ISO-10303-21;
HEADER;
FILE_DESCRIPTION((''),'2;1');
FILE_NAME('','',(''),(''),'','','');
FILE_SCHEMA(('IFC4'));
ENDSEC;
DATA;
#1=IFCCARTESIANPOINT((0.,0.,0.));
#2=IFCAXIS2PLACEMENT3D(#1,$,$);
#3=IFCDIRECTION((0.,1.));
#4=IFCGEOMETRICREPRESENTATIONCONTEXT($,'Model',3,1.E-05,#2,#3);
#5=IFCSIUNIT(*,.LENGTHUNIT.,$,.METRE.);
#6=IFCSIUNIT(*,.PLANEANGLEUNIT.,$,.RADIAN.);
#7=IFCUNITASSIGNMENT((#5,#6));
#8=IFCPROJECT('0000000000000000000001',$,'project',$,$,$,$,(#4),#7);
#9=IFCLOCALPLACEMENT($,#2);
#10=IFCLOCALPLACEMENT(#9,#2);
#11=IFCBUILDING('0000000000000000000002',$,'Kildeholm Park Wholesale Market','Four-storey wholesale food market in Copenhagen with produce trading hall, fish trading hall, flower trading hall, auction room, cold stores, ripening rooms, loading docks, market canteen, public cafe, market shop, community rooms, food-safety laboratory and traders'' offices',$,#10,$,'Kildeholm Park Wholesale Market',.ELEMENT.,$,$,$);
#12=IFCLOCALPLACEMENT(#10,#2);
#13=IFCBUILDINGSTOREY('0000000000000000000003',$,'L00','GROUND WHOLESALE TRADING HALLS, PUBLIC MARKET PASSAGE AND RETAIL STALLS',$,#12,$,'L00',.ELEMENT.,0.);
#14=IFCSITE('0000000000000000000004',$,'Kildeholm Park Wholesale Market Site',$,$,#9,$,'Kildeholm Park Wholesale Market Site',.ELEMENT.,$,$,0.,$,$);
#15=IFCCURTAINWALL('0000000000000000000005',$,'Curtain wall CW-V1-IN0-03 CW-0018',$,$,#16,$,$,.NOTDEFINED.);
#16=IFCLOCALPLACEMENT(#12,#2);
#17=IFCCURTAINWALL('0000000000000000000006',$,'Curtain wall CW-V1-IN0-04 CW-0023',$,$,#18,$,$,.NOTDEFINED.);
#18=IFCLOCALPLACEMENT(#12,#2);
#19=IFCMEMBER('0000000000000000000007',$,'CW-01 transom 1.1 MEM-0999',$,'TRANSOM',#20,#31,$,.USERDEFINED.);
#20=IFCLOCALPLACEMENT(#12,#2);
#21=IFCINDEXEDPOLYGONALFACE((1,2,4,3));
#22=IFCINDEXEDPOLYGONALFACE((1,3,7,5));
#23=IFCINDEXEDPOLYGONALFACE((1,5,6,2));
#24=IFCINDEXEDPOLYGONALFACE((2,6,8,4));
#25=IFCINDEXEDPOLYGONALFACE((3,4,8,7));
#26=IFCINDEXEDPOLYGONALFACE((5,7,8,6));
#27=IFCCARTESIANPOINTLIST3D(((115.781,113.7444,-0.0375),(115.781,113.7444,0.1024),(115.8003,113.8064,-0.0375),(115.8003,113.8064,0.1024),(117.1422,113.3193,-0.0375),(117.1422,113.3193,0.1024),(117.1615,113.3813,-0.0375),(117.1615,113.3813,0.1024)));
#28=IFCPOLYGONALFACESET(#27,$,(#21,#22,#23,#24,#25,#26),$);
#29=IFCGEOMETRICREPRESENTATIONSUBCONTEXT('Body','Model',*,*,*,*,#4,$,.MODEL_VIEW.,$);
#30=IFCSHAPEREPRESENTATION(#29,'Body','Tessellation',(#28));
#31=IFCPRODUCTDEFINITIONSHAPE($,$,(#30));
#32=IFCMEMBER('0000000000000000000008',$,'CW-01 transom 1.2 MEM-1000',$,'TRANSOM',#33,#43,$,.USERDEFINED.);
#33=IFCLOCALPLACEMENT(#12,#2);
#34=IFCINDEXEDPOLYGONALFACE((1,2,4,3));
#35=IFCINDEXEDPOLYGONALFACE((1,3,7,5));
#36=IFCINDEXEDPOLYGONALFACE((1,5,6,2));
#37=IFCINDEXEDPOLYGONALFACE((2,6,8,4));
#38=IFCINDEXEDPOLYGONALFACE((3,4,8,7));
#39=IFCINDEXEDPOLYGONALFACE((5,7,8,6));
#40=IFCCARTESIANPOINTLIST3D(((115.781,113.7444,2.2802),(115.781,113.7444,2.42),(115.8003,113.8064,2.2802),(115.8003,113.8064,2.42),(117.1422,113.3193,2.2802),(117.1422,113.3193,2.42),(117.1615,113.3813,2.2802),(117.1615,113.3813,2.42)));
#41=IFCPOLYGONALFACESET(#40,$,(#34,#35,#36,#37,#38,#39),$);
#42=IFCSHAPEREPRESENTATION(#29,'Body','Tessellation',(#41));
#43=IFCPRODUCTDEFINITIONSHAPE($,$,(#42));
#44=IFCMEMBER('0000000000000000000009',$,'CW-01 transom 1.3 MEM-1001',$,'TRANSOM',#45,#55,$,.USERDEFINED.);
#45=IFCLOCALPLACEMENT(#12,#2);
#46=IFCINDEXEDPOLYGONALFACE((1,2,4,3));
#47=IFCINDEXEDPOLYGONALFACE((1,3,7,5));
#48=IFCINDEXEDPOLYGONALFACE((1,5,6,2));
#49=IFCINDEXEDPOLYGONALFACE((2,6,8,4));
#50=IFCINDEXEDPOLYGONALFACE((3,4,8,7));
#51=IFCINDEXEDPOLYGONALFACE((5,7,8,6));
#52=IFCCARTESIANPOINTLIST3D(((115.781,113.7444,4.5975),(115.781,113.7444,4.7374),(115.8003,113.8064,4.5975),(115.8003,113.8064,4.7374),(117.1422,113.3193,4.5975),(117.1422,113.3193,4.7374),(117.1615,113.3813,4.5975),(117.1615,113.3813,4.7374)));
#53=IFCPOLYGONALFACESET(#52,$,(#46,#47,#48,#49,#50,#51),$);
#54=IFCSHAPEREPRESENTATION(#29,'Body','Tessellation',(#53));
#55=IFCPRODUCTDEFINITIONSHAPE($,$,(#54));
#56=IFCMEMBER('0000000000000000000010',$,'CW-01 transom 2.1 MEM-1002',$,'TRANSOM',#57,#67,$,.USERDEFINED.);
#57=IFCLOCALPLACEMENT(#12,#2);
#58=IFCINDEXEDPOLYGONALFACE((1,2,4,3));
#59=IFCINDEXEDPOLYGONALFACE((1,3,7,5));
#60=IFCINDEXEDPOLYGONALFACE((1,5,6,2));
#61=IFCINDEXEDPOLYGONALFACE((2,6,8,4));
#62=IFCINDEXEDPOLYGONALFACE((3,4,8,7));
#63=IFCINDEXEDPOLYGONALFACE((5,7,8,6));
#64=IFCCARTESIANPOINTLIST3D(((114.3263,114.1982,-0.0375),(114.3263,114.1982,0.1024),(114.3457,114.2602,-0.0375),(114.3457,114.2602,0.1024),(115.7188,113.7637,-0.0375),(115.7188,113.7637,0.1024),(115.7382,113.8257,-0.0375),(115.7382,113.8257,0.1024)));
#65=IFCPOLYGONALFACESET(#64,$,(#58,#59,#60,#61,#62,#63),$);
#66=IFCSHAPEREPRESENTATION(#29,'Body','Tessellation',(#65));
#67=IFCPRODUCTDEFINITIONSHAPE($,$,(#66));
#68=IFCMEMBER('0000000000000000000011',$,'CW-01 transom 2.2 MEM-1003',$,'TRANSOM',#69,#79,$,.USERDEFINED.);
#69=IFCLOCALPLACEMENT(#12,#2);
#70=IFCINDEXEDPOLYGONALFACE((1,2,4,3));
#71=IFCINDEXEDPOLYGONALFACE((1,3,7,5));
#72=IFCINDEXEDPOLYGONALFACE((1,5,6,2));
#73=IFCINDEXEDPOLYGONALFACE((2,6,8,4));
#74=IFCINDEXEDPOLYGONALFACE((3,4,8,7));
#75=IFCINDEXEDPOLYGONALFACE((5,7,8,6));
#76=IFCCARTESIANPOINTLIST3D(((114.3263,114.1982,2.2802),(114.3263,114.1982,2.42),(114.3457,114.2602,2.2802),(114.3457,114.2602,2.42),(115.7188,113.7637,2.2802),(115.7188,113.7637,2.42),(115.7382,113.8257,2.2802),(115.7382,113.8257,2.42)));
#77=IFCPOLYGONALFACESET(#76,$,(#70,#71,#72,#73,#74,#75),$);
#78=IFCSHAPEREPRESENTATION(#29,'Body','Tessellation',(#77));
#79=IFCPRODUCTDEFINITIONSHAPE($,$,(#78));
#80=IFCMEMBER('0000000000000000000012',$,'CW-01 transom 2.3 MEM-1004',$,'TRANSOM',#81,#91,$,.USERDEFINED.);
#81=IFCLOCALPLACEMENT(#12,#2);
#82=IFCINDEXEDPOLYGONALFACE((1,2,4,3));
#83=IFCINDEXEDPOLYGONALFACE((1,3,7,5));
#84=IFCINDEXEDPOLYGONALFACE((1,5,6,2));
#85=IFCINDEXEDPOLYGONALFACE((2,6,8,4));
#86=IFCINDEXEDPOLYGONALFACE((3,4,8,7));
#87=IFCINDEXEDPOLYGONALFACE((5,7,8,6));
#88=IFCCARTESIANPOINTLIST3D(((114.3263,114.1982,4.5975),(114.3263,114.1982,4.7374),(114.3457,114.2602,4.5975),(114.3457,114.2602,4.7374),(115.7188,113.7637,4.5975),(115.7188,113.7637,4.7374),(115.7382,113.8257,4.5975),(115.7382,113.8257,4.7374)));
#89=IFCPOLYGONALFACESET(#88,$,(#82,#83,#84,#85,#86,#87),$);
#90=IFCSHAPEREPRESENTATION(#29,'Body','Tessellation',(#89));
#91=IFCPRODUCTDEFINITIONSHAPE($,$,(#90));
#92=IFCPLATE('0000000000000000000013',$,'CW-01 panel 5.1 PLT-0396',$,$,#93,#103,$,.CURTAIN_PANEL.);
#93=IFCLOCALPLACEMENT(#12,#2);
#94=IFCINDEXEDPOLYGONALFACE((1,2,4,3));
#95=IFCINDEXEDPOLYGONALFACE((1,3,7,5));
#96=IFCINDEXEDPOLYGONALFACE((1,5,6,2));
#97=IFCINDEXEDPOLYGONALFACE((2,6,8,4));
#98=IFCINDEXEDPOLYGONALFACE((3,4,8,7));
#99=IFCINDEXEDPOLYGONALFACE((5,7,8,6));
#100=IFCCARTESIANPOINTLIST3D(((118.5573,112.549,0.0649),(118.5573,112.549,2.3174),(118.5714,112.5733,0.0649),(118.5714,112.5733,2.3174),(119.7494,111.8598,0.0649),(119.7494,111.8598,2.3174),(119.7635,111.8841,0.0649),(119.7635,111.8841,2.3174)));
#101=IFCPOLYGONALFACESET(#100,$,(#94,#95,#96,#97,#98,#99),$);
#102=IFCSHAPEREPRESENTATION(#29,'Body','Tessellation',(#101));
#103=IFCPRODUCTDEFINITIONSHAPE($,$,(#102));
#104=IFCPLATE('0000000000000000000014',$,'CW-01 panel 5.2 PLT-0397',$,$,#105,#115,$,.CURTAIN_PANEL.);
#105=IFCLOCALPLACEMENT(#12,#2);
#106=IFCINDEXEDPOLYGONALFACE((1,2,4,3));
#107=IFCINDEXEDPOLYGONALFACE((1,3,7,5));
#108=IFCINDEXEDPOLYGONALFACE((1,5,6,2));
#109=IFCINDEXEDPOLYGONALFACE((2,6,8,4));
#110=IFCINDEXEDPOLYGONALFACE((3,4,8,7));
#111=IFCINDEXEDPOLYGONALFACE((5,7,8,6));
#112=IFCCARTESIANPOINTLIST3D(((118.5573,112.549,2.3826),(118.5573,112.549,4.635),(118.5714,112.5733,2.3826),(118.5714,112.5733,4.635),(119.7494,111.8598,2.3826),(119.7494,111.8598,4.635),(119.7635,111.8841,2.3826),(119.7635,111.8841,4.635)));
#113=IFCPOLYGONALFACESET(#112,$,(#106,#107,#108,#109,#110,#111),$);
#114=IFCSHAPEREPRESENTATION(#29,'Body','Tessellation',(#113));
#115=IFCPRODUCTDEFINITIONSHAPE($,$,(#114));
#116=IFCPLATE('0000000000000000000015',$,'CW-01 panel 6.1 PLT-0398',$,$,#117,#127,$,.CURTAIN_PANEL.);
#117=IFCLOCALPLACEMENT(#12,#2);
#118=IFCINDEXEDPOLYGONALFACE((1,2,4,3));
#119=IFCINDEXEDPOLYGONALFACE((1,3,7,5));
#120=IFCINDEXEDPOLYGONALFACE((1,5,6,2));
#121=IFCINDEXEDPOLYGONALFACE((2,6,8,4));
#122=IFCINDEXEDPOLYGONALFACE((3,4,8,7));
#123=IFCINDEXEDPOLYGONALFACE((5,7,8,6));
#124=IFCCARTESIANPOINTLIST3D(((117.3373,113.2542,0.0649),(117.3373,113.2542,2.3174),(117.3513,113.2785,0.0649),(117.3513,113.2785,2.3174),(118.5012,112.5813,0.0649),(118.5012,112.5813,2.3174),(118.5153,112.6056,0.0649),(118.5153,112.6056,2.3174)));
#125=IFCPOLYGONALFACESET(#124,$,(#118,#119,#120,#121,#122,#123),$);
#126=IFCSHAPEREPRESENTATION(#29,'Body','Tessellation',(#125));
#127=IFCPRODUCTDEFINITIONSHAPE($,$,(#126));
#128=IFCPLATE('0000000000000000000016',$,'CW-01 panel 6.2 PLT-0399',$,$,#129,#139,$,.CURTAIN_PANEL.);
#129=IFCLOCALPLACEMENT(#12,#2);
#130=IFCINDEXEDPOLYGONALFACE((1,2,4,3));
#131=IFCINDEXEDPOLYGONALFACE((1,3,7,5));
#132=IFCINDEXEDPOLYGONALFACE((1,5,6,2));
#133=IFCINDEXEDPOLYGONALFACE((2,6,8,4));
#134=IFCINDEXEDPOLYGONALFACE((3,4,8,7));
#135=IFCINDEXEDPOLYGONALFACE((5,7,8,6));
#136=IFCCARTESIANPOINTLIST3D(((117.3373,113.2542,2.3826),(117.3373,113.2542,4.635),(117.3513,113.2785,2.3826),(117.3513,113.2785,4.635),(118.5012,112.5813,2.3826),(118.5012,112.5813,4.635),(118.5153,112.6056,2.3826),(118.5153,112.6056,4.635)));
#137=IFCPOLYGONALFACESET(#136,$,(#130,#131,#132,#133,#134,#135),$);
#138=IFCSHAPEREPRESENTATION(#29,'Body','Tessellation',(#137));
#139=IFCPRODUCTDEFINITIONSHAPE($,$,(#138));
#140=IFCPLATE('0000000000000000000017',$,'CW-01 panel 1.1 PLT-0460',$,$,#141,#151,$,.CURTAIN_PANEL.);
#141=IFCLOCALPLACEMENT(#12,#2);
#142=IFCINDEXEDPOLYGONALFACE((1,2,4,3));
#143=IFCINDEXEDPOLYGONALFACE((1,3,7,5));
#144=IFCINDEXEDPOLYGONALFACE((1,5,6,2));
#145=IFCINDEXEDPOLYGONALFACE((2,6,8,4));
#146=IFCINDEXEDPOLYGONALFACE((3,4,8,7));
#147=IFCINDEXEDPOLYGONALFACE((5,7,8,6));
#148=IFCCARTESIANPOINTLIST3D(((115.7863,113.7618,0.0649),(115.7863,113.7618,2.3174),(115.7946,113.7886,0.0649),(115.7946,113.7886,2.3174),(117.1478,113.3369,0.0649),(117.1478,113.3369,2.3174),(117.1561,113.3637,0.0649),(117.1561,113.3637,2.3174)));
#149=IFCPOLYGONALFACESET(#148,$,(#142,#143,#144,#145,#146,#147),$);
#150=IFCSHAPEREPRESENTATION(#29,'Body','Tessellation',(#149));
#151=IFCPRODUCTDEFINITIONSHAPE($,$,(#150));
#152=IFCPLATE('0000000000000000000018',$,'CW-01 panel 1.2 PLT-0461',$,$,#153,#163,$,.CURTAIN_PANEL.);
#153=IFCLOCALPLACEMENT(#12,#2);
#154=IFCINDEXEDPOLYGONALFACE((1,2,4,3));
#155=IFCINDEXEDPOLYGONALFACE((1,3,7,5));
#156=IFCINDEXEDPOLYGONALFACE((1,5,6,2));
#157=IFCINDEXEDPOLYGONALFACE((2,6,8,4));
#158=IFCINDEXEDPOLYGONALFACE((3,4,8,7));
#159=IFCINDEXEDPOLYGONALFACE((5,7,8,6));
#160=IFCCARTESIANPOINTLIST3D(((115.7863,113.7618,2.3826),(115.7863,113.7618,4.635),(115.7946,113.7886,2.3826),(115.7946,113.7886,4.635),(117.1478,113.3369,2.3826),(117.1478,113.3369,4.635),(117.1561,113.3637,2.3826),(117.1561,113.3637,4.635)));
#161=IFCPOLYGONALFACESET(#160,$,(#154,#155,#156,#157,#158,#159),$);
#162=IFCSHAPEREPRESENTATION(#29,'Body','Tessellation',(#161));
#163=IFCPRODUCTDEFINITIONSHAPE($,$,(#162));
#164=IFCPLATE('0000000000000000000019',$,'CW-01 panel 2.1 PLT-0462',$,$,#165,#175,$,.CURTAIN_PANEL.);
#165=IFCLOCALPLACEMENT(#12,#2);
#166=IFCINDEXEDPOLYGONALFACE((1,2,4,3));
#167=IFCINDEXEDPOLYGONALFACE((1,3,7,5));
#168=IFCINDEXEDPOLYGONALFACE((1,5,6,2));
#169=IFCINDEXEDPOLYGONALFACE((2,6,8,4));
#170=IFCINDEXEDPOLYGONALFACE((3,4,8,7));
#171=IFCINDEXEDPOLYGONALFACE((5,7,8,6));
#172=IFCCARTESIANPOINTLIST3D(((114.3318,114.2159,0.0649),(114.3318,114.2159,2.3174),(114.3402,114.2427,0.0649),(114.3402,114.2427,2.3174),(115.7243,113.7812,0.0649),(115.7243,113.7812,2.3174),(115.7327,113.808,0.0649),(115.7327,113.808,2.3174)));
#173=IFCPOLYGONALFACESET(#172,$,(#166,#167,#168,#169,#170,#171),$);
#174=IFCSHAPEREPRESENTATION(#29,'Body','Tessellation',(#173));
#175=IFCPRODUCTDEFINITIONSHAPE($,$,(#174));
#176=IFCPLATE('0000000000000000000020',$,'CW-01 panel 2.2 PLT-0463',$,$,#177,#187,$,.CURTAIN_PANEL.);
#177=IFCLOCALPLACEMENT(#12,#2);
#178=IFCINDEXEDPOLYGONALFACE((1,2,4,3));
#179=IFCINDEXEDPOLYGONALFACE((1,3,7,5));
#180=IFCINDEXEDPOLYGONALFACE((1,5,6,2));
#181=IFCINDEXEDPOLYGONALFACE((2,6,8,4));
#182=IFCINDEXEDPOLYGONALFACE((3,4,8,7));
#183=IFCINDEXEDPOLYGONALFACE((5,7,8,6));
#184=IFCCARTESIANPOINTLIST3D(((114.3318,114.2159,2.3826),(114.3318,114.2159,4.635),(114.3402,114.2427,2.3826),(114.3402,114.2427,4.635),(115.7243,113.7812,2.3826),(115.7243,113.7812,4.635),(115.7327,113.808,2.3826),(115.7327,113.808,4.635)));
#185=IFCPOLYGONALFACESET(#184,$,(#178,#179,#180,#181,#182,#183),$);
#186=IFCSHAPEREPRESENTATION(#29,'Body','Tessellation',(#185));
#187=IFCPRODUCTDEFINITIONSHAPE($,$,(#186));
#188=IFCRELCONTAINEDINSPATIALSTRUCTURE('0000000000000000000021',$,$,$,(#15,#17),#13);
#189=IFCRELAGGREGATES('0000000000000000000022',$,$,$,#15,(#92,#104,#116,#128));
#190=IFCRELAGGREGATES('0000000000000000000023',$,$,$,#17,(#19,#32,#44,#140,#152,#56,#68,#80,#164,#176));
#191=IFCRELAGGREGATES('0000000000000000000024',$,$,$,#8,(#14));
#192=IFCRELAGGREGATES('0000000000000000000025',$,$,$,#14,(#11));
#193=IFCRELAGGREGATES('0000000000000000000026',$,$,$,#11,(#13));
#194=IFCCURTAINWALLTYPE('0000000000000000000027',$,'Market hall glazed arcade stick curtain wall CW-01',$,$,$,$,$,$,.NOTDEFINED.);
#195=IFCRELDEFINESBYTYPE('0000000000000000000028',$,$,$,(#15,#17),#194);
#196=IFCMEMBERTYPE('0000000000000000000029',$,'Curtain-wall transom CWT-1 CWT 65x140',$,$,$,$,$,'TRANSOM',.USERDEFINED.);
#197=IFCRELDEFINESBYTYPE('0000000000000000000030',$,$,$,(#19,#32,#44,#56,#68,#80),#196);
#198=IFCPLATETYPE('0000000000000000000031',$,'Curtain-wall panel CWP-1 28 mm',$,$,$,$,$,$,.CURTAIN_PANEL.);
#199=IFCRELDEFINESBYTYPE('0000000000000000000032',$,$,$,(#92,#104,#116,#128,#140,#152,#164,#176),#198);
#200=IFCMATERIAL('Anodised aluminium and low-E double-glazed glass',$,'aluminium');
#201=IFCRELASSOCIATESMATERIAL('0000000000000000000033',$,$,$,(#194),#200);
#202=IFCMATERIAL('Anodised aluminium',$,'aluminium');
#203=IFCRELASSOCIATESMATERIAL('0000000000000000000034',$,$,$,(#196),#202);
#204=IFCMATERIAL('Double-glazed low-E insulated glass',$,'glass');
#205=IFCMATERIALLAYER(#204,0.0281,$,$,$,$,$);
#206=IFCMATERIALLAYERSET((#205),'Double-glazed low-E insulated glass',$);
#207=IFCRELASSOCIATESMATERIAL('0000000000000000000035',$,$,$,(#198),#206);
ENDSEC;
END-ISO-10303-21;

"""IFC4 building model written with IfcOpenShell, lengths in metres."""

from ifc_helpers import new_model, si_unit, direction, frame, origin, origin_2d, place, context, subcontext, project, spatial, rectangle, extrude, material, layer, layer_set, material_profile, profile_set, type_object, element, aggregate, save


model = new_model("IFC4")

# Units and contexts
model_context = context("Model", 3, precision=1e-05, world=origin(), true_north=direction((0.0, 1.0)))
body_context = subcontext(model_context, "Body", "Model", "MODEL_VIEW")
ifc_project = project(units=[si_unit("LENGTHUNIT", "METRE"), si_unit("PLANEANGLEUNIT", "RADIAN")], contexts=[model_context])

# Site, building, storey
site_placement = place(None, origin())
site = spatial("IfcSite", under=ifc_project, at=site_placement, Name="Kildeholm Park Wholesale Market Site", LongName="Kildeholm Park Wholesale Market Site", CompositionType="ELEMENT", RefElevation=0.0)
building_placement = place(site_placement, origin())
building = spatial("IfcBuilding", under=site, at=building_placement, Name="Kildeholm Park Wholesale Market", Description="Four-storey wholesale food market in Copenhagen with produce trading hall, fish trading hall, flower trading hall, auction room, cold stores, ripening rooms, loading docks, market canteen, public cafe, market shop, community rooms, food-safety laboratory and traders' offices", LongName="Kildeholm Park Wholesale Market", CompositionType="ELEMENT")
storey_placement = place(building_placement, origin())
storey = spatial("IfcBuildingStorey", under=building, at=storey_placement, Name="L00", Description="GROUND WHOLESALE TRADING HALLS, PUBLIC MARKET PASSAGE AND RETAIL STALLS", LongName="L00", CompositionType="ELEMENT", Elevation=0.0)

# Curtain walls
ifc_material_1 = material(Name="Anodised aluminium and low-E double-glazed glass", Category="aluminium")
curtain_wall_type = type_object("IfcCurtainWallType", Name="Market hall glazed arcade stick curtain wall CW-01", PredefinedType="NOTDEFINED", material=ifc_material_1)
curtain_wall_1_placement = place(storey_placement, origin())
curtain_wall_1 = element("IfcCurtainWall", 1, at=curtain_wall_1_placement, inside=storey, type_object=curtain_wall_type, Name="Curtain wall CW-V1-IN0-03 CW-0018", PredefinedType="NOTDEFINED")
ifc_material_2 = material(Name="Anodised aluminium", Category="aluminium")
curtain_wall_2_placement = place(storey_placement, origin())
curtain_wall_2 = element("IfcCurtainWall", 2, at=curtain_wall_2_placement, inside=storey, type_object=curtain_wall_type, Name="Curtain wall CW-V1-IN0-04 CW-0023", PredefinedType="NOTDEFINED")

# Members
ifc_material_profile_1 = material_profile(ifc_material_2, rectangle(XDim=0.0649, YDim=0.1399, at=origin_2d()), Name="CWT 65x140")
ifc_profile_set_1 = profile_set([ifc_material_profile_1], Name="Anodised aluminium")
member_type_1 = type_object("IfcMemberType", Name="Curtain-wall transom CWT-1 CWT 65x140", ElementType="TRANSOM", PredefinedType="USERDEFINED", material=ifc_profile_set_1)
member_1_placement = place(storey_placement, frame((117.1519, 113.3503, 0.0325), z_axis=(-0.954553, 0.298041, 0.0), x_axis=(-0.298041, -0.954553, 0.0)))
member_1 = element("IfcMember", 3, at=member_1_placement, type_object=member_type_1, Name="CW-01 transom 1.1 MEM-0999", ObjectType="TRANSOM", PredefinedType="USERDEFINED", context=body_context, shape_type="SweptSolid", body=[
    extrude(rectangle(XDim=0.0649, YDim=0.1399, at=origin_2d()), origin(), (0.0, 0.0, 1.0), 1.426),
])
member_2_placement = place(storey_placement, frame((117.1519, 113.3503, 2.3501), z_axis=(-0.954553, 0.298041, 0.0), x_axis=(-0.298041, -0.954553, 0.0)))
member_2 = element("IfcMember", 4, at=member_2_placement, type_object=member_type_1, Name="CW-01 transom 1.2 MEM-1000", ObjectType="TRANSOM", PredefinedType="USERDEFINED", context=body_context, shape_type="SweptSolid", body=[
    extrude(rectangle(XDim=0.0649, YDim=0.1399, at=origin_2d()), origin(), (0.0, 0.0, 1.0), 1.426),
])
member_3_placement = place(storey_placement, frame((117.1519, 113.3503, 4.6675), z_axis=(-0.954553, 0.298041, 0.0), x_axis=(-0.298041, -0.954553, 0.0)))
member_3 = element("IfcMember", 5, at=member_3_placement, type_object=member_type_1, Name="CW-01 transom 1.3 MEM-1001", ObjectType="TRANSOM", PredefinedType="USERDEFINED", context=body_context, shape_type="SweptSolid", body=[
    extrude(rectangle(XDim=0.0649, YDim=0.1399, at=origin_2d()), origin(), (0.0, 0.0, 1.0), 1.426),
])
member_4_placement = place(storey_placement, frame((115.7285, 113.7947, 0.0325), z_axis=(-0.954599, 0.297894, 0.0), x_axis=(-0.297894, -0.954599, 0.0)))
member_4 = element("IfcMember", 6, at=member_4_placement, type_object=member_type_1, Name="CW-01 transom 2.1 MEM-1002", ObjectType="TRANSOM", PredefinedType="USERDEFINED", context=body_context, shape_type="SweptSolid", body=[
    extrude(rectangle(XDim=0.0649, YDim=0.1399, at=origin_2d()), origin(), (0.0, 0.0, 1.0), 1.4587),
])
member_5_placement = place(storey_placement, frame((115.7285, 113.7947, 2.3501), z_axis=(-0.954599, 0.297894, 0.0), x_axis=(-0.297894, -0.954599, 0.0)))
member_5 = element("IfcMember", 7, at=member_5_placement, type_object=member_type_1, Name="CW-01 transom 2.2 MEM-1003", ObjectType="TRANSOM", PredefinedType="USERDEFINED", context=body_context, shape_type="SweptSolid", body=[
    extrude(rectangle(XDim=0.0649, YDim=0.1399, at=origin_2d()), origin(), (0.0, 0.0, 1.0), 1.4587),
])
member_6_placement = place(storey_placement, frame((115.7285, 113.7947, 4.6675), z_axis=(-0.954599, 0.297894, 0.0), x_axis=(-0.297894, -0.954599, 0.0)))
member_6 = element("IfcMember", 8, at=member_6_placement, type_object=member_type_1, Name="CW-01 transom 2.3 MEM-1004", ObjectType="TRANSOM", PredefinedType="USERDEFINED", context=body_context, shape_type="SweptSolid", body=[
    extrude(rectangle(XDim=0.0649, YDim=0.1399, at=origin_2d()), origin(), (0.0, 0.0, 1.0), 1.4587),
])

# Plates
ifc_material_3 = material(Name="Double-glazed low-E insulated glass", Category="glass")
ifc_layer = layer(ifc_material_3, 0.0281)
ifc_layer_set = layer_set([ifc_layer], Name="Double-glazed low-E insulated glass")
plate_type = type_object("IfcPlateType", Name="Curtain-wall panel CWP-1 28 mm", PredefinedType="CURTAIN_PANEL", material=ifc_layer_set)
plate_1_placement = place(storey_placement, frame((119.1604, 112.2166, 0.0649), z_axis=(0.0, 0.0, 1.0), x_axis=(-0.865743, 0.500489, 0.0)))
plate_1 = element("IfcPlate", 9, at=plate_1_placement, type_object=plate_type, Name="CW-01 panel 5.1 PLT-0396", PredefinedType="CURTAIN_PANEL", context=body_context, shape_type="SweptSolid", body=[
    extrude(rectangle(XDim=1.377, YDim=0.0281, at=origin_2d()), origin(), (0.0, 0.0, 1.0), 2.2524),
])
plate_2_placement = place(storey_placement, frame((119.1604, 112.2166, 2.3826), z_axis=(0.0, 0.0, 1.0), x_axis=(-0.865743, 0.500489, 0.0)))
plate_2 = element("IfcPlate", 10, at=plate_2_placement, type_object=plate_type, Name="CW-01 panel 5.2 PLT-0397", PredefinedType="CURTAIN_PANEL", context=body_context, shape_type="SweptSolid", body=[
    extrude(rectangle(XDim=1.377, YDim=0.0281, at=origin_2d()), origin(), (0.0, 0.0, 1.0), 2.2524),
])
plate_3_placement = place(storey_placement, frame((117.9263, 112.9299, 0.0649), z_axis=(0.0, 0.0, 1.0), x_axis=(-0.865743, 0.500489, 0.0)))
plate_3 = element("IfcPlate", 11, at=plate_3_placement, type_object=plate_type, Name="CW-01 panel 6.1 PLT-0398", PredefinedType="CURTAIN_PANEL", context=body_context, shape_type="SweptSolid", body=[
    extrude(rectangle(XDim=1.3445, YDim=0.0281, at=origin_2d()), origin(), (0.0, 0.0, 1.0), 2.2524),
])
plate_4_placement = place(storey_placement, frame((117.9263, 112.9299, 2.3826), z_axis=(0.0, 0.0, 1.0), x_axis=(-0.865743, 0.500489, 0.0)))
plate_4 = element("IfcPlate", 12, at=plate_4_placement, type_object=plate_type, Name="CW-01 panel 6.2 PLT-0399", PredefinedType="CURTAIN_PANEL", context=body_context, shape_type="SweptSolid", body=[
    extrude(rectangle(XDim=1.3445, YDim=0.0281, at=origin_2d()), origin(), (0.0, 0.0, 1.0), 2.2524),
])
aggregate(curtain_wall_1, [plate_1, plate_2, plate_3, plate_4])
plate_5_placement = place(storey_placement, frame((116.4712, 113.5627, 0.0649), z_axis=(0.0, 0.0, 1.0), x_axis=(-0.954579, 0.297957, 0.0)))
plate_5 = element("IfcPlate", 13, at=plate_5_placement, type_object=plate_type, Name="CW-01 panel 1.1 PLT-0460", PredefinedType="CURTAIN_PANEL", context=body_context, shape_type="SweptSolid", body=[
    extrude(rectangle(XDim=1.4263, YDim=0.0281, at=origin_2d()), origin(), (0.0, 0.0, 1.0), 2.2524),
])
plate_6_placement = place(storey_placement, frame((116.4712, 113.5627, 2.3826), z_axis=(0.0, 0.0, 1.0), x_axis=(-0.954579, 0.297957, 0.0)))
plate_6 = element("IfcPlate", 14, at=plate_6_placement, type_object=plate_type, Name="CW-01 panel 1.2 PLT-0461", PredefinedType="CURTAIN_PANEL", context=body_context, shape_type="SweptSolid", body=[
    extrude(rectangle(XDim=1.4263, YDim=0.0281, at=origin_2d()), origin(), (0.0, 0.0, 1.0), 2.2524),
])
plate_7_placement = place(storey_placement, frame((115.0322, 114.012, 0.0649), z_axis=(0.0, 0.0, 1.0), x_axis=(-0.954579, 0.297957, 0.0)))
plate_7 = element("IfcPlate", 15, at=plate_7_placement, type_object=plate_type, Name="CW-01 panel 2.1 PLT-0462", PredefinedType="CURTAIN_PANEL", context=body_context, shape_type="SweptSolid", body=[
    extrude(rectangle(XDim=1.4587, YDim=0.0281, at=origin_2d()), origin(), (0.0, 0.0, 1.0), 2.2524),
])
plate_8_placement = place(storey_placement, frame((115.0322, 114.012, 2.3826), z_axis=(0.0, 0.0, 1.0), x_axis=(-0.954579, 0.297957, 0.0)))
plate_8 = element("IfcPlate", 16, at=plate_8_placement, type_object=plate_type, Name="CW-01 panel 2.2 PLT-0463", PredefinedType="CURTAIN_PANEL", context=body_context, shape_type="SweptSolid", body=[
    extrude(rectangle(XDim=1.4587, YDim=0.0281, at=origin_2d()), origin(), (0.0, 0.0, 1.0), 2.2524),
])
aggregate(curtain_wall_2, [member_1, member_2, member_3, plate_5, plate_6, member_4, member_5, member_6, plate_7, plate_8])

save(model, "model.ifc")
